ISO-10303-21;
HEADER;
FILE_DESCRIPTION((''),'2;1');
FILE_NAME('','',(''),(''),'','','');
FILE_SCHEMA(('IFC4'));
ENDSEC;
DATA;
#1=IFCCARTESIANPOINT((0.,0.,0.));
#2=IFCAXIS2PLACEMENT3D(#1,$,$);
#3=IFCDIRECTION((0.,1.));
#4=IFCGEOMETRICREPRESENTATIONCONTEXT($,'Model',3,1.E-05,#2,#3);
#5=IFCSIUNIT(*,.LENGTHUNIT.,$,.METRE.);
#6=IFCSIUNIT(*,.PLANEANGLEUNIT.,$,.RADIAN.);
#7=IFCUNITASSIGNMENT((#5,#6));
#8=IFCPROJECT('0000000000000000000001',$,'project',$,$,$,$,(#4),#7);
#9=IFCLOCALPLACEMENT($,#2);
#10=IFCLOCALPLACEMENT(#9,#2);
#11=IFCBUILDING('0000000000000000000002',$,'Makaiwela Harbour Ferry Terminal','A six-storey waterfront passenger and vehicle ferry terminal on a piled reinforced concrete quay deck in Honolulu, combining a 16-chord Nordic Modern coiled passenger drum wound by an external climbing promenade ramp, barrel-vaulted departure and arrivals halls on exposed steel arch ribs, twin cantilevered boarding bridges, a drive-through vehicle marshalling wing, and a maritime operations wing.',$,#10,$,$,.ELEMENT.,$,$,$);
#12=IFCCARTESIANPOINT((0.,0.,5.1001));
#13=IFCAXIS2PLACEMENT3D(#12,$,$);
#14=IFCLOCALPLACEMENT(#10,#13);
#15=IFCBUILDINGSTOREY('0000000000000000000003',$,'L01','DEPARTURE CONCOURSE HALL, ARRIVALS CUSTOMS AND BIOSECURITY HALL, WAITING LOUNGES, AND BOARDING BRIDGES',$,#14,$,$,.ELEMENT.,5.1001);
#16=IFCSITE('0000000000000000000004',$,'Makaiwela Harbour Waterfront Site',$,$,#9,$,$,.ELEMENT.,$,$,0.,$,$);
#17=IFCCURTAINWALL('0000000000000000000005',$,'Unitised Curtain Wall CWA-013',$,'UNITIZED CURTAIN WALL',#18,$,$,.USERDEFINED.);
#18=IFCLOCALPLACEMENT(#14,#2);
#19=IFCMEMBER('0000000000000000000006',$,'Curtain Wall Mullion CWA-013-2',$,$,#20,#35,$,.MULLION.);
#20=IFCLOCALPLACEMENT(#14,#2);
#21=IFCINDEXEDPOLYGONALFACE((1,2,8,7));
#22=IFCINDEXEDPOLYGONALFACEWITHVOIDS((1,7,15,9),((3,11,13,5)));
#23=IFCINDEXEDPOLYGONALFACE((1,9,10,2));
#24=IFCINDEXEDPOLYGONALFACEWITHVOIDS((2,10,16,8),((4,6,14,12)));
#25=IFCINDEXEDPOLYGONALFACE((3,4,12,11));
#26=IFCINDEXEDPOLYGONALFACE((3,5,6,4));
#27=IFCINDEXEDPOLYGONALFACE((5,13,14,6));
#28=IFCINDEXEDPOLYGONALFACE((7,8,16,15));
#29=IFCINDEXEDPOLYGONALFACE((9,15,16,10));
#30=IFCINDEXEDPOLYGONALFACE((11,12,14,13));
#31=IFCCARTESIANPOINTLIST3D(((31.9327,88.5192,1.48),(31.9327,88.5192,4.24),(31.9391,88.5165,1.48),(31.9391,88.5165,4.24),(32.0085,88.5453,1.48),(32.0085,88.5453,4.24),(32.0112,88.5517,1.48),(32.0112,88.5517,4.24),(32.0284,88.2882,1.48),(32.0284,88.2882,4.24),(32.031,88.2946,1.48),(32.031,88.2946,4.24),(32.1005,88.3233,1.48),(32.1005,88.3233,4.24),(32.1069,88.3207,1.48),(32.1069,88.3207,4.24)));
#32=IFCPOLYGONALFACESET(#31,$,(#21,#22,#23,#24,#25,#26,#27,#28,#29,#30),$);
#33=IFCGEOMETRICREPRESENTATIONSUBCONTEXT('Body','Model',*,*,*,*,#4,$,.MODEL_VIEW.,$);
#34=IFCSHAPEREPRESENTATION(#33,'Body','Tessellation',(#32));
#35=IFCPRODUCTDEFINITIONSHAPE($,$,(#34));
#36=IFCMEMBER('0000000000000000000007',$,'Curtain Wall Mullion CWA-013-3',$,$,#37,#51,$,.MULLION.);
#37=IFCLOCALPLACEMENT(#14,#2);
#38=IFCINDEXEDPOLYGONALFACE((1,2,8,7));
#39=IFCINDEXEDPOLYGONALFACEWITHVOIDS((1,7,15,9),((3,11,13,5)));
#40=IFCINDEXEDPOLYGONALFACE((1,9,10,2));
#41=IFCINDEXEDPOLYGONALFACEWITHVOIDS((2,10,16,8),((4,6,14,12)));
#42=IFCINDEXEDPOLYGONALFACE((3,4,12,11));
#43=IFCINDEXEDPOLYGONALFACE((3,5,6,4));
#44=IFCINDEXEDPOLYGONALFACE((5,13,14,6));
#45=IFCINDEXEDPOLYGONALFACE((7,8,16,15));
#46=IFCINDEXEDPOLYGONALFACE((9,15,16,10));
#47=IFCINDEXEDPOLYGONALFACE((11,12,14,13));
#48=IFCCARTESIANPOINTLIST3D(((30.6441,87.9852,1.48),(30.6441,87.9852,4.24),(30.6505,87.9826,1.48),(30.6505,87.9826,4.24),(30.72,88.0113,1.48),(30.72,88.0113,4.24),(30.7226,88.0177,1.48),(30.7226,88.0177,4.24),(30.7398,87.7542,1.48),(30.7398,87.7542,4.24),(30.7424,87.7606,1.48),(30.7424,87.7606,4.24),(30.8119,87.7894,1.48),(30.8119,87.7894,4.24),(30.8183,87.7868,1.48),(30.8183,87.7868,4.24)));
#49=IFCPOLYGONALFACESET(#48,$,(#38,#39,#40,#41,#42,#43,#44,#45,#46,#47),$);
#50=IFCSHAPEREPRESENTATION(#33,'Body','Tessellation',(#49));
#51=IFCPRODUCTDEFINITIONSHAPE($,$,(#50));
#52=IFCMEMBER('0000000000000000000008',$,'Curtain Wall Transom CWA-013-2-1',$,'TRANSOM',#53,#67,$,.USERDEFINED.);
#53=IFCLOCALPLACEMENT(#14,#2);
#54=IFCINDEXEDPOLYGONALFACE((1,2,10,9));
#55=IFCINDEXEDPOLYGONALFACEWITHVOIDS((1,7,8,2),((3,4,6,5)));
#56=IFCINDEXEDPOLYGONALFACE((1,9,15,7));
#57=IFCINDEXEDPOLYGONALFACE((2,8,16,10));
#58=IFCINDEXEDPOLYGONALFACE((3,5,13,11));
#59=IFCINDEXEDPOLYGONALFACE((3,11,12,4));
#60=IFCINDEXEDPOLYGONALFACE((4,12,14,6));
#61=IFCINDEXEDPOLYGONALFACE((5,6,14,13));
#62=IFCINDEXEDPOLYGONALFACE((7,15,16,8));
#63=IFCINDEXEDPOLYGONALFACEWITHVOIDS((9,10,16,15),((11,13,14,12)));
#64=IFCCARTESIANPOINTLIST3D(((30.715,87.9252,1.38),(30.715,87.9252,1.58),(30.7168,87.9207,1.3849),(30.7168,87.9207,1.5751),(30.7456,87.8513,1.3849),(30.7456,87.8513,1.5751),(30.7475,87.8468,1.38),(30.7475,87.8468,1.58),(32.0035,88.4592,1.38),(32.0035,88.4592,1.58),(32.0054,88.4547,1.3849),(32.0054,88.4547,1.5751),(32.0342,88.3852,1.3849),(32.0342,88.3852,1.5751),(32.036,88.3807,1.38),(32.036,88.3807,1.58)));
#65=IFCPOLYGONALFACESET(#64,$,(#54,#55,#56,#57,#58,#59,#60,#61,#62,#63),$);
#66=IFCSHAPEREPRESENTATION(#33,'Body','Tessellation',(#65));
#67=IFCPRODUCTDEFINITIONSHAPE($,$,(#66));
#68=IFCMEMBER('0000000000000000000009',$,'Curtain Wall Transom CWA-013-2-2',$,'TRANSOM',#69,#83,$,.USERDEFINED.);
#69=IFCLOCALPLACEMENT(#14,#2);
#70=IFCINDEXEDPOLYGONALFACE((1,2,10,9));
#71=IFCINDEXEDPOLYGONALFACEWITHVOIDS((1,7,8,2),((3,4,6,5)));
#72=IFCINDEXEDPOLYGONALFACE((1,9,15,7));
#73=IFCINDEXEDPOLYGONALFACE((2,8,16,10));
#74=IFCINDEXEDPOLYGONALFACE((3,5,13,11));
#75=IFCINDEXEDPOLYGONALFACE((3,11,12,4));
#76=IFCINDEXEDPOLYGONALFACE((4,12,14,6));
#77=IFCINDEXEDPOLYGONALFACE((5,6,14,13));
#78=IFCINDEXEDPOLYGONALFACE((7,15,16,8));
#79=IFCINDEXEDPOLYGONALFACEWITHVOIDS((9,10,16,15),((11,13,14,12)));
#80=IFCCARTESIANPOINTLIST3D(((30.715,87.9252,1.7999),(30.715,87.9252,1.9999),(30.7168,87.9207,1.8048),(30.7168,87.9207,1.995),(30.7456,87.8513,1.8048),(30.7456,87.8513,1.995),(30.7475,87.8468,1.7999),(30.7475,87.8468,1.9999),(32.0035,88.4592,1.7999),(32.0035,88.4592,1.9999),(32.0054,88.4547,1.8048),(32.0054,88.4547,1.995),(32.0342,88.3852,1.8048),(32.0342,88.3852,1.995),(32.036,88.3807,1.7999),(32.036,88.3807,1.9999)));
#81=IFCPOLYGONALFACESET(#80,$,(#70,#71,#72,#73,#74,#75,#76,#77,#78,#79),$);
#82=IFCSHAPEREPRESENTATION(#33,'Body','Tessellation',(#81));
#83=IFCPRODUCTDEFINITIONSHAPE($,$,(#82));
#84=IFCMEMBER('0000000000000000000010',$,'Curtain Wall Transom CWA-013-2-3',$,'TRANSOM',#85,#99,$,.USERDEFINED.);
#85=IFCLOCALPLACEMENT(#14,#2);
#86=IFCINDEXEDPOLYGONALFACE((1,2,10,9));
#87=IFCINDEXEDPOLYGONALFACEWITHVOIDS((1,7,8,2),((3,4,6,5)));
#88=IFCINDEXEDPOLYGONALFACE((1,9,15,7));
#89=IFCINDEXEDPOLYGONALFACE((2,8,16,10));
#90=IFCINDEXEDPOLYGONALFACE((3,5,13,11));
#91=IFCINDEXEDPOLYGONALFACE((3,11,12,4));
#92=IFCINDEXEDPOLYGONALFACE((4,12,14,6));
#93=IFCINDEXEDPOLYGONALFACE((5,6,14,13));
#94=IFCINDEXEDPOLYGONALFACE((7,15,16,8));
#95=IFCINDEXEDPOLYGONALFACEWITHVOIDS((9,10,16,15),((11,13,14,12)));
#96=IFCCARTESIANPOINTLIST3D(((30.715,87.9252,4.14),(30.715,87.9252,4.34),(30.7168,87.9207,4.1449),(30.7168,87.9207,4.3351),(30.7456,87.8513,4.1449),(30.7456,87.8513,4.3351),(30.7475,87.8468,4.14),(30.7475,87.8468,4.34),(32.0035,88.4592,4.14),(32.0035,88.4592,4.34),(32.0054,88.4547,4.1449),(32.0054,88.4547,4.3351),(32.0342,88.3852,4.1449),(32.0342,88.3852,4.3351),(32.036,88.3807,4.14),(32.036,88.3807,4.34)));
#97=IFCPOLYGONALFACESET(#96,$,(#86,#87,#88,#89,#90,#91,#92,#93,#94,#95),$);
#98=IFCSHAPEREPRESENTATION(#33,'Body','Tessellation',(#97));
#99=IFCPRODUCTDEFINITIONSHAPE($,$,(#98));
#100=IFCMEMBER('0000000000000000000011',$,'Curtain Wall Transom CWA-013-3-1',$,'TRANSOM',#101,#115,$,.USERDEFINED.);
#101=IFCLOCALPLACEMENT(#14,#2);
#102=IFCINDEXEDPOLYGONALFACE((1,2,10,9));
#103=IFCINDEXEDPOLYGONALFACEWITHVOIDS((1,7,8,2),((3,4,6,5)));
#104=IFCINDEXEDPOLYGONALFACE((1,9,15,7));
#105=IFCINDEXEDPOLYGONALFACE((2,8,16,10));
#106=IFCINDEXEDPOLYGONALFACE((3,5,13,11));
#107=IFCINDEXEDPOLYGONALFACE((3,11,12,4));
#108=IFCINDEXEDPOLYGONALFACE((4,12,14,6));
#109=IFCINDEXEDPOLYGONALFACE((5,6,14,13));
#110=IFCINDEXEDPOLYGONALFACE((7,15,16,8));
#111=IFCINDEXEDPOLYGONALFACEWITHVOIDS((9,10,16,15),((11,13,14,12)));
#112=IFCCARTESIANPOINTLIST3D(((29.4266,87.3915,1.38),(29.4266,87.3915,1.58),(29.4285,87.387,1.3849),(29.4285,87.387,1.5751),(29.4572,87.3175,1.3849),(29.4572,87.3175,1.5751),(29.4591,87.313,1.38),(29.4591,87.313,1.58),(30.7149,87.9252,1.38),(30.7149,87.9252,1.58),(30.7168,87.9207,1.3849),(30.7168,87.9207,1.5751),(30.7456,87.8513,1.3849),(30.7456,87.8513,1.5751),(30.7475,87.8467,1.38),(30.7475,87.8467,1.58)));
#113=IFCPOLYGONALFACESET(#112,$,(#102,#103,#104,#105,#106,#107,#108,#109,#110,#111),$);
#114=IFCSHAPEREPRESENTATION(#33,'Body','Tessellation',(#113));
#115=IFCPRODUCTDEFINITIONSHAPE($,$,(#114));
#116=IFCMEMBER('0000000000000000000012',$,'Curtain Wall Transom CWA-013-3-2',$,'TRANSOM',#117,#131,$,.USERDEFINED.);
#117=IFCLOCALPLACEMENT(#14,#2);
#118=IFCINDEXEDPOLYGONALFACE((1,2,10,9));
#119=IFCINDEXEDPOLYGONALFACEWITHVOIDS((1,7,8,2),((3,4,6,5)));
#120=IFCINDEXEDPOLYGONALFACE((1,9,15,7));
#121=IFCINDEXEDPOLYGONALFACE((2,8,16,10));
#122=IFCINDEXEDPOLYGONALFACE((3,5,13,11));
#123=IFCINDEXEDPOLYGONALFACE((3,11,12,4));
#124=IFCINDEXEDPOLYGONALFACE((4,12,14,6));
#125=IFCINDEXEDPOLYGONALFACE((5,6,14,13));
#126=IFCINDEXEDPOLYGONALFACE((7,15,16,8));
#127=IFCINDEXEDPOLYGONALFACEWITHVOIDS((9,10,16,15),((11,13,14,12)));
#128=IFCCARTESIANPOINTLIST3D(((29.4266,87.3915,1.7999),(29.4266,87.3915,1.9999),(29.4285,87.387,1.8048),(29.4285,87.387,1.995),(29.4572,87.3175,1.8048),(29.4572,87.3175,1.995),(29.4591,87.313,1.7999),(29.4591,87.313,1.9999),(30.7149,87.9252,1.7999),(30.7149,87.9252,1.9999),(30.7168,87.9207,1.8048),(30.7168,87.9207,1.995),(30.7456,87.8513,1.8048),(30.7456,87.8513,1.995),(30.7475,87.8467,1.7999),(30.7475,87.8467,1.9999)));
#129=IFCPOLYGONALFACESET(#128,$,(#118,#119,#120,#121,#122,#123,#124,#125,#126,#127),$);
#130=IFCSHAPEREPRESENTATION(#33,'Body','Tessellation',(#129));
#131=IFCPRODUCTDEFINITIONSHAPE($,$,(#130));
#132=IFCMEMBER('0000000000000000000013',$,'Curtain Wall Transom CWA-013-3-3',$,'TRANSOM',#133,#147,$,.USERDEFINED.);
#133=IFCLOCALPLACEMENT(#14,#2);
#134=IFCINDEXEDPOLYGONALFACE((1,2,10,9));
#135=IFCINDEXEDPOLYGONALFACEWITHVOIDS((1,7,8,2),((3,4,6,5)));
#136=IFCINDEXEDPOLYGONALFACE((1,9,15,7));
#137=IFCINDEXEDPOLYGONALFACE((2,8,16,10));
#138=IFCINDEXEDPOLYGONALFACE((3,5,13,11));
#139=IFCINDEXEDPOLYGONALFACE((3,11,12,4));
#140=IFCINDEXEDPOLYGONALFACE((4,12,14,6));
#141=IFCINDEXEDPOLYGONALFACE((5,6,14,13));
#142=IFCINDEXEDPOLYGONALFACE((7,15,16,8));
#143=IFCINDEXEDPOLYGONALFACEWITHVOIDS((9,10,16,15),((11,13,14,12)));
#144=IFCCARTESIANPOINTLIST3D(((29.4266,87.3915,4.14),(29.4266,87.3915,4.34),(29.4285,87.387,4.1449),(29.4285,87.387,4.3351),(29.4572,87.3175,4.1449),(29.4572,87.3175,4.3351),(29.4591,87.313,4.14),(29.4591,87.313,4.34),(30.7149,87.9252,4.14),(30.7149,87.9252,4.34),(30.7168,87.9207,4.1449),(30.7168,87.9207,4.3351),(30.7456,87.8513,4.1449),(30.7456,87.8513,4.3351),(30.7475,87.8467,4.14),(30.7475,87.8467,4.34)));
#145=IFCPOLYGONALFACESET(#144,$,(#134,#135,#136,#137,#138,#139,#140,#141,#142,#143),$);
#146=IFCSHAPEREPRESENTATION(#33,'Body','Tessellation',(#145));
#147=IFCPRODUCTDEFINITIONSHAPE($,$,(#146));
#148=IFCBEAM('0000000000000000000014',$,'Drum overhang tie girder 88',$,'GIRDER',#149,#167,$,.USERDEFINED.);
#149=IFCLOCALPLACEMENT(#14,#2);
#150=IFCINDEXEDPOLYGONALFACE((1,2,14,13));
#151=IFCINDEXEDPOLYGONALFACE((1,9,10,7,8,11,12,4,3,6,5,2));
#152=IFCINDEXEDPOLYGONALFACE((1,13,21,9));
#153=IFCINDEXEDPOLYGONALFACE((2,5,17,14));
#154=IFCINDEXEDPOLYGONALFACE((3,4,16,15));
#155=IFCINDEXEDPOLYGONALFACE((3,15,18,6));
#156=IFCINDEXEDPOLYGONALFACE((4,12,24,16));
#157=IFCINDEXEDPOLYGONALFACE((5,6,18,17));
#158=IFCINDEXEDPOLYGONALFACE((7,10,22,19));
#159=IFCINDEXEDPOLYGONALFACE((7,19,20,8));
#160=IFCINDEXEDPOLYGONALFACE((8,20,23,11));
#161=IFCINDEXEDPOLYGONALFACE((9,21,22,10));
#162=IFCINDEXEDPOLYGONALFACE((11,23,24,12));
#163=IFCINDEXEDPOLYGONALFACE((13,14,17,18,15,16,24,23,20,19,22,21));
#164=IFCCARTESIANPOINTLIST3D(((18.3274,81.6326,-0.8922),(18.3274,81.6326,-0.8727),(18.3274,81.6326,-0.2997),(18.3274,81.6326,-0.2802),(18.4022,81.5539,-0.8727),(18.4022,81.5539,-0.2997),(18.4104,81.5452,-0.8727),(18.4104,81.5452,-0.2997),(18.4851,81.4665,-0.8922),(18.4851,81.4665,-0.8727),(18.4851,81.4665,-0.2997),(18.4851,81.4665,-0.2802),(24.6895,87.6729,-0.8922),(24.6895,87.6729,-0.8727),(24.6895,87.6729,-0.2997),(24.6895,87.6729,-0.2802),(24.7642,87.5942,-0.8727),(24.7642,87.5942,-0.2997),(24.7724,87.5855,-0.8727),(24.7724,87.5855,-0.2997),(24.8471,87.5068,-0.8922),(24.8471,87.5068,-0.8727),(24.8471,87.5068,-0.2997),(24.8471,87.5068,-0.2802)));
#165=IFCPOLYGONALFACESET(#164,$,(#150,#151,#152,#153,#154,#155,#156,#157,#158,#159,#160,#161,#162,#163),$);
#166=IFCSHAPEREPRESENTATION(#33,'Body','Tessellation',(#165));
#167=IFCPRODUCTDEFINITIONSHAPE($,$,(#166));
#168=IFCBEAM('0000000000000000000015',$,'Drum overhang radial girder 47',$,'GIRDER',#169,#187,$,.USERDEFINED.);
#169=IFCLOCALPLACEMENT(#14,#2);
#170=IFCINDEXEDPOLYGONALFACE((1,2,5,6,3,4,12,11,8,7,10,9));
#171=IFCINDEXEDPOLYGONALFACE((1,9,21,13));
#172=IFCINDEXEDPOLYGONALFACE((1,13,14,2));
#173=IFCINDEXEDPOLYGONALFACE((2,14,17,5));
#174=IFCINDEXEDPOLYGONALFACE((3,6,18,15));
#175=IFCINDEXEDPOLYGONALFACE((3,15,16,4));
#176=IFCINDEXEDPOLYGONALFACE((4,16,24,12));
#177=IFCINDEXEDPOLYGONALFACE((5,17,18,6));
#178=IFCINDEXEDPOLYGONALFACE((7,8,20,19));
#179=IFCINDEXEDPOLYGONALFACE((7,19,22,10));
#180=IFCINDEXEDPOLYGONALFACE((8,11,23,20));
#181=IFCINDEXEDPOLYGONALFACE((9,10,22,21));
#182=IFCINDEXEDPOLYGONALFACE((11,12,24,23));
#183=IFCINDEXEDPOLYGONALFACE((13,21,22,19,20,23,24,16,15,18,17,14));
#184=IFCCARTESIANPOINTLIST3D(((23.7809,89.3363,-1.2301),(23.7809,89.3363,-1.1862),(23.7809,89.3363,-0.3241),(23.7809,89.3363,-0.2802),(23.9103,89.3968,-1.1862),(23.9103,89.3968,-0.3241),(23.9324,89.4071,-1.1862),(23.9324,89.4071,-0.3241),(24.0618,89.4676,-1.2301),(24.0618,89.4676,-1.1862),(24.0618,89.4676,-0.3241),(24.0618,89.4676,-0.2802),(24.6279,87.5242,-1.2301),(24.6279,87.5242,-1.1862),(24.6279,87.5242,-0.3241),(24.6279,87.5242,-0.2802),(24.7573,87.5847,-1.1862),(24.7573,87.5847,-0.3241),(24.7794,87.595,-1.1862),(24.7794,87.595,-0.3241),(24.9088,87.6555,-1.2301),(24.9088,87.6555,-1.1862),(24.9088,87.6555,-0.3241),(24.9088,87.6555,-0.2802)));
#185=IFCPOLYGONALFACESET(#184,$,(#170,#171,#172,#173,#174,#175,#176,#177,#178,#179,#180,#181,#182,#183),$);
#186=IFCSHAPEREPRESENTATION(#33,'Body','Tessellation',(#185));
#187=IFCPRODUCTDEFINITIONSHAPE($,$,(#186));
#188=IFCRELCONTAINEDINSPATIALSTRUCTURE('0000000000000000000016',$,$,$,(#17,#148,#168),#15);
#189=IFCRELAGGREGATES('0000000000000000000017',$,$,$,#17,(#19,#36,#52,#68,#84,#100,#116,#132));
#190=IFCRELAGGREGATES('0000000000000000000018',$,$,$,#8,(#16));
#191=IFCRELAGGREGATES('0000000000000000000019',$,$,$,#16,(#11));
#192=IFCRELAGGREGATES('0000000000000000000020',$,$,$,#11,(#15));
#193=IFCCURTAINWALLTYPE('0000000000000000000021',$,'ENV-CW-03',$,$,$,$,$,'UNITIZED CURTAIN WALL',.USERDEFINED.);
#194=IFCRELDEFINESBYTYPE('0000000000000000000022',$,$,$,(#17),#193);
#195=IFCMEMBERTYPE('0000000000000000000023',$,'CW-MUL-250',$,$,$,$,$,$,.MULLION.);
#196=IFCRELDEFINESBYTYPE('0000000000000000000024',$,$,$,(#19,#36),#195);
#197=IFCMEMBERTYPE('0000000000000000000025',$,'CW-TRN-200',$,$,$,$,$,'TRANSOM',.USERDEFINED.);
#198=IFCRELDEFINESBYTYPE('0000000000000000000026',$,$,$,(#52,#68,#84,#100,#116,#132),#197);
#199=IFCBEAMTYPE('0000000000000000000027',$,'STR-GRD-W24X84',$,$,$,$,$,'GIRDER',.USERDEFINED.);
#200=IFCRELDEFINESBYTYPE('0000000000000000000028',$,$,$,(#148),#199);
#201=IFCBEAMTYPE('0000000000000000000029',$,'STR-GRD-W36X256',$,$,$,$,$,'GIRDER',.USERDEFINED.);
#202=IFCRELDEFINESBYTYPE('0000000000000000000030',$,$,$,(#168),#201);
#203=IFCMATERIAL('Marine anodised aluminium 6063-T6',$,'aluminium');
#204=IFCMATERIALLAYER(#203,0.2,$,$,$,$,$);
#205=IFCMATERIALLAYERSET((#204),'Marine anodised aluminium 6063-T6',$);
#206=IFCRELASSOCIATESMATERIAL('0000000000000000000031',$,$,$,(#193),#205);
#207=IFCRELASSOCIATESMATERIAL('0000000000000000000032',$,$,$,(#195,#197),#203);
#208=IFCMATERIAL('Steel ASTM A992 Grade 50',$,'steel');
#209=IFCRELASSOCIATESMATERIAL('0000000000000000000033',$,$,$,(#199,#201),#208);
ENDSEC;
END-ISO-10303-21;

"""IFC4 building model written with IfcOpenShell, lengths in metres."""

from ifc_helpers import new_model, si_unit, direction, frame, origin, origin_2d, place, context, subcontext, project, spatial, hollow_rectangle, i_section, extrude, material, layer, layer_set, material_profile, profile_set, type_object, element, aggregate, save


model = new_model("IFC4")

# Units and contexts
model_context = context("Model", 3, precision=1e-05, world=origin(), true_north=direction((0.0, 1.0)))
body_context = subcontext(model_context, "Body", "Model", "MODEL_VIEW")
ifc_project = project(units=[si_unit("LENGTHUNIT", "METRE"), si_unit("PLANEANGLEUNIT", "RADIAN")], contexts=[model_context])

# Site, building, storey
site_placement = place(None, origin())
site = spatial("IfcSite", under=ifc_project, at=site_placement, Name="Makaiwela Harbour Waterfront Site", CompositionType="ELEMENT", RefElevation=0.0)
building_placement = place(site_placement, origin())
building = spatial("IfcBuilding", under=site, at=building_placement, Name="Makaiwela Harbour Ferry Terminal", Description="A six-storey waterfront passenger and vehicle ferry terminal on a piled reinforced concrete quay deck in Honolulu, combining a 16-chord Nordic Modern coiled passenger drum wound by an external climbing promenade ramp, barrel-vaulted departure and arrivals halls on exposed steel arch ribs, twin cantilevered boarding bridges, a drive-through vehicle marshalling wing, and a maritime operations wing.", CompositionType="ELEMENT")
storey_placement = place(building_placement, frame((0.0, 0.0, 5.1001)))
storey = spatial("IfcBuildingStorey", under=building, at=storey_placement, Name="L01", Description="DEPARTURE CONCOURSE HALL, ARRIVALS CUSTOMS AND BIOSECURITY HALL, WAITING LOUNGES, AND BOARDING BRIDGES", CompositionType="ELEMENT", Elevation=5.1001)

# Curtain wall, members
ifc_material_1 = material(Name="Marine anodised aluminium 6063-T6", Category="aluminium")
ifc_layer_1 = layer(ifc_material_1, 0.2)
ifc_layer_set_1 = layer_set([ifc_layer_1], Name="Marine anodised aluminium 6063-T6")
curtain_wall_type = type_object("IfcCurtainWallType", Name="ENV-CW-03", ElementType="UNITIZED CURTAIN WALL", PredefinedType="USERDEFINED", material=ifc_layer_set_1)
curtain_wall_placement = place(storey_placement, origin())
curtain_wall = element("IfcCurtainWall", 1, at=curtain_wall_placement, inside=storey, type_object=curtain_wall_type, Name="Unitised Curtain Wall CWA-013", ObjectType="UNITIZED CURTAIN WALL", PredefinedType="USERDEFINED")
ifc_material_profile_1 = material_profile(ifc_material_1, hollow_rectangle(XDim=0.085, YDim=0.25, WallThickness=0.0049, at=origin_2d()), Name="CWM-250X85")
ifc_profile_set_1 = profile_set([ifc_material_profile_1], Name="Marine anodised aluminium 6063-T6")
member_type_1 = type_object("IfcMemberType", Name="CW-MUL-250", PredefinedType="MULLION", material=ifc_profile_set_1)
member_1_placement = place(storey_placement, frame((32.0198, 88.4199, 1.48), z_axis=(0.0, 0.0, 1.0), x_axis=(0.92388, 0.382683, 0.0)))
member_1 = element("IfcMember", 2, at=member_1_placement, type_object=member_type_1, Name="Curtain Wall Mullion CWA-013-2", PredefinedType="MULLION", context=body_context, shape_type="SweptSolid", body=[
    extrude(hollow_rectangle(XDim=0.085, YDim=0.25, WallThickness=0.0049, at=origin_2d()), origin(), (0.0, 0.0, 1.0), 2.76),
])
member_2_placement = place(storey_placement, frame((30.7312, 87.886, 1.48), z_axis=(0.0, 0.0, 1.0), x_axis=(0.92388, 0.382683, 0.0)))
member_2 = element("IfcMember", 3, at=member_2_placement, type_object=member_type_1, Name="Curtain Wall Mullion CWA-013-3", PredefinedType="MULLION", context=body_context, shape_type="SweptSolid", body=[
    extrude(hollow_rectangle(XDim=0.085, YDim=0.25, WallThickness=0.0049, at=origin_2d()), origin(), (0.0, 0.0, 1.0), 2.76),
])
ifc_material_profile_2 = material_profile(ifc_material_1, hollow_rectangle(XDim=0.085, YDim=0.2, WallThickness=0.0049, at=origin_2d()), Name="CWT-200X85")
ifc_profile_set_2 = profile_set([ifc_material_profile_2], Name="Marine anodised aluminium 6063-T6")
member_type_2 = type_object("IfcMemberType", Name="CW-TRN-200", ElementType="TRANSOM", PredefinedType="USERDEFINED", material=ifc_profile_set_2)
member_3_placement = place(storey_placement, frame((32.0198, 88.4199, 1.48), z_axis=(-0.923831, -0.3828, 0.0), x_axis=(0.3828, -0.923831, 0.0)))
member_3 = element("IfcMember", 4, at=member_3_placement, type_object=member_type_2, Name="Curtain Wall Transom CWA-013-2-1", ObjectType="TRANSOM", PredefinedType="USERDEFINED", context=body_context, shape_type="SweptSolid", body=[
    extrude(hollow_rectangle(XDim=0.085, YDim=0.2, WallThickness=0.0049, at=origin_2d()), origin(), (0.0, 0.0, 1.0), 1.3948),
])
member_4_placement = place(storey_placement, frame((32.0198, 88.4199, 1.8999), z_axis=(-0.923831, -0.3828, 0.0), x_axis=(0.3828, -0.923831, 0.0)))
member_4 = element("IfcMember", 5, at=member_4_placement, type_object=member_type_2, Name="Curtain Wall Transom CWA-013-2-2", ObjectType="TRANSOM", PredefinedType="USERDEFINED", context=body_context, shape_type="SweptSolid", body=[
    extrude(hollow_rectangle(XDim=0.085, YDim=0.2, WallThickness=0.0049, at=origin_2d()), origin(), (0.0, 0.0, 1.0), 1.3948),
])
member_5_placement = place(storey_placement, frame((32.0198, 88.4199, 4.24), z_axis=(-0.923831, -0.3828, 0.0), x_axis=(0.3828, -0.923831, 0.0)))
member_5 = element("IfcMember", 6, at=member_5_placement, type_object=member_type_2, Name="Curtain Wall Transom CWA-013-2-3", ObjectType="TRANSOM", PredefinedType="USERDEFINED", context=body_context, shape_type="SweptSolid", body=[
    extrude(hollow_rectangle(XDim=0.085, YDim=0.2, WallThickness=0.0049, at=origin_2d()), origin(), (0.0, 0.0, 1.0), 1.3948),
])
member_6_placement = place(storey_placement, frame((30.7312, 87.886, 1.48), z_axis=(-0.923867, -0.382713, 0.0), x_axis=(0.382713, -0.923867, 0.0)))
member_6 = element("IfcMember", 7, at=member_6_placement, type_object=member_type_2, Name="Curtain Wall Transom CWA-013-3-1", ObjectType="TRANSOM", PredefinedType="USERDEFINED", context=body_context, shape_type="SweptSolid", body=[
    extrude(hollow_rectangle(XDim=0.085, YDim=0.2, WallThickness=0.0049, at=origin_2d()), origin(), (0.0, 0.0, 1.0), 1.3945),
])
member_7_placement = place(storey_placement, frame((30.7312, 87.886, 1.8999), z_axis=(-0.923867, -0.382713, 0.0), x_axis=(0.382713, -0.923867, 0.0)))
member_7 = element("IfcMember", 8, at=member_7_placement, type_object=member_type_2, Name="Curtain Wall Transom CWA-013-3-2", ObjectType="TRANSOM", PredefinedType="USERDEFINED", context=body_context, shape_type="SweptSolid", body=[
    extrude(hollow_rectangle(XDim=0.085, YDim=0.2, WallThickness=0.0049, at=origin_2d()), origin(), (0.0, 0.0, 1.0), 1.3945),
])
member_8_placement = place(storey_placement, frame((30.7312, 87.886, 4.24), z_axis=(-0.923867, -0.382713, 0.0), x_axis=(0.382713, -0.923867, 0.0)))
member_8 = element("IfcMember", 9, at=member_8_placement, type_object=member_type_2, Name="Curtain Wall Transom CWA-013-3-3", ObjectType="TRANSOM", PredefinedType="USERDEFINED", context=body_context, shape_type="SweptSolid", body=[
    extrude(hollow_rectangle(XDim=0.085, YDim=0.2, WallThickness=0.0049, at=origin_2d()), origin(), (0.0, 0.0, 1.0), 1.3945),
])

# Beams
ifc_material_2 = material(Name="Steel ASTM A992 Grade 50", Category="steel")
ifc_material_profile_3 = material_profile(ifc_material_2, i_section(OverallWidth=0.229, OverallDepth=0.6121, WebThickness=0.012, FlangeThickness=0.0195, at=origin_2d()), Name="W24X84")
ifc_profile_set_3 = profile_set([ifc_material_profile_3], Name="Steel ASTM A992 Grade 50")
beam_type_1 = type_object("IfcBeamType", Name="STR-GRD-W24X84", ElementType="GIRDER", PredefinedType="USERDEFINED", material=ifc_profile_set_3)
beam_1_placement = place(storey_placement, frame((24.7683, 87.5898, -0.5862), z_axis=(-0.725209, -0.688529, 0.0), x_axis=(0.688529, -0.725209, 0.0)))
element("IfcBeam", 10, at=beam_1_placement, inside=storey, type_object=beam_type_1, Name="Drum overhang tie girder 88", ObjectType="GIRDER", PredefinedType="USERDEFINED", context=body_context, shape_type="SweptSolid", body=[
    extrude(i_section(OverallWidth=0.229, OverallDepth=0.6121, WebThickness=0.012, FlangeThickness=0.0195, at=origin_2d()), origin(), (0.0, 0.0, 1.0), 8.7727),
])
ifc_material_profile_4 = material_profile(ifc_material_2, i_section(OverallWidth=0.3101, OverallDepth=0.95, WebThickness=0.0244, FlangeThickness=0.0439, at=origin_2d()), Name="W36X256")
ifc_profile_set_4 = profile_set([ifc_material_profile_4], Name="Steel ASTM A992 Grade 50")
beam_type_2 = type_object("IfcBeamType", Name="STR-GRD-W36X256", ElementType="GIRDER", PredefinedType="USERDEFINED", material=ifc_profile_set_4)
beam_2_placement = place(storey_placement, frame((24.7683, 87.5898, -0.7551), z_axis=(-0.423427, 0.90593, 0.0), x_axis=(-0.90593, -0.423427, 0.0)))
element("IfcBeam", 11, at=beam_2_placement, inside=storey, type_object=beam_type_2, Name="Drum overhang radial girder 47", ObjectType="GIRDER", PredefinedType="USERDEFINED", context=body_context, shape_type="SweptSolid", body=[
    extrude(i_section(OverallWidth=0.3101, OverallDepth=0.95, WebThickness=0.0244, FlangeThickness=0.0439, at=origin_2d()), origin(), (0.0, 0.0, 1.0), 2.0002),
])

aggregate(curtain_wall, [member_1, member_2, member_3, member_4, member_5, member_6, member_7, member_8])

save(model, "model.ifc")
